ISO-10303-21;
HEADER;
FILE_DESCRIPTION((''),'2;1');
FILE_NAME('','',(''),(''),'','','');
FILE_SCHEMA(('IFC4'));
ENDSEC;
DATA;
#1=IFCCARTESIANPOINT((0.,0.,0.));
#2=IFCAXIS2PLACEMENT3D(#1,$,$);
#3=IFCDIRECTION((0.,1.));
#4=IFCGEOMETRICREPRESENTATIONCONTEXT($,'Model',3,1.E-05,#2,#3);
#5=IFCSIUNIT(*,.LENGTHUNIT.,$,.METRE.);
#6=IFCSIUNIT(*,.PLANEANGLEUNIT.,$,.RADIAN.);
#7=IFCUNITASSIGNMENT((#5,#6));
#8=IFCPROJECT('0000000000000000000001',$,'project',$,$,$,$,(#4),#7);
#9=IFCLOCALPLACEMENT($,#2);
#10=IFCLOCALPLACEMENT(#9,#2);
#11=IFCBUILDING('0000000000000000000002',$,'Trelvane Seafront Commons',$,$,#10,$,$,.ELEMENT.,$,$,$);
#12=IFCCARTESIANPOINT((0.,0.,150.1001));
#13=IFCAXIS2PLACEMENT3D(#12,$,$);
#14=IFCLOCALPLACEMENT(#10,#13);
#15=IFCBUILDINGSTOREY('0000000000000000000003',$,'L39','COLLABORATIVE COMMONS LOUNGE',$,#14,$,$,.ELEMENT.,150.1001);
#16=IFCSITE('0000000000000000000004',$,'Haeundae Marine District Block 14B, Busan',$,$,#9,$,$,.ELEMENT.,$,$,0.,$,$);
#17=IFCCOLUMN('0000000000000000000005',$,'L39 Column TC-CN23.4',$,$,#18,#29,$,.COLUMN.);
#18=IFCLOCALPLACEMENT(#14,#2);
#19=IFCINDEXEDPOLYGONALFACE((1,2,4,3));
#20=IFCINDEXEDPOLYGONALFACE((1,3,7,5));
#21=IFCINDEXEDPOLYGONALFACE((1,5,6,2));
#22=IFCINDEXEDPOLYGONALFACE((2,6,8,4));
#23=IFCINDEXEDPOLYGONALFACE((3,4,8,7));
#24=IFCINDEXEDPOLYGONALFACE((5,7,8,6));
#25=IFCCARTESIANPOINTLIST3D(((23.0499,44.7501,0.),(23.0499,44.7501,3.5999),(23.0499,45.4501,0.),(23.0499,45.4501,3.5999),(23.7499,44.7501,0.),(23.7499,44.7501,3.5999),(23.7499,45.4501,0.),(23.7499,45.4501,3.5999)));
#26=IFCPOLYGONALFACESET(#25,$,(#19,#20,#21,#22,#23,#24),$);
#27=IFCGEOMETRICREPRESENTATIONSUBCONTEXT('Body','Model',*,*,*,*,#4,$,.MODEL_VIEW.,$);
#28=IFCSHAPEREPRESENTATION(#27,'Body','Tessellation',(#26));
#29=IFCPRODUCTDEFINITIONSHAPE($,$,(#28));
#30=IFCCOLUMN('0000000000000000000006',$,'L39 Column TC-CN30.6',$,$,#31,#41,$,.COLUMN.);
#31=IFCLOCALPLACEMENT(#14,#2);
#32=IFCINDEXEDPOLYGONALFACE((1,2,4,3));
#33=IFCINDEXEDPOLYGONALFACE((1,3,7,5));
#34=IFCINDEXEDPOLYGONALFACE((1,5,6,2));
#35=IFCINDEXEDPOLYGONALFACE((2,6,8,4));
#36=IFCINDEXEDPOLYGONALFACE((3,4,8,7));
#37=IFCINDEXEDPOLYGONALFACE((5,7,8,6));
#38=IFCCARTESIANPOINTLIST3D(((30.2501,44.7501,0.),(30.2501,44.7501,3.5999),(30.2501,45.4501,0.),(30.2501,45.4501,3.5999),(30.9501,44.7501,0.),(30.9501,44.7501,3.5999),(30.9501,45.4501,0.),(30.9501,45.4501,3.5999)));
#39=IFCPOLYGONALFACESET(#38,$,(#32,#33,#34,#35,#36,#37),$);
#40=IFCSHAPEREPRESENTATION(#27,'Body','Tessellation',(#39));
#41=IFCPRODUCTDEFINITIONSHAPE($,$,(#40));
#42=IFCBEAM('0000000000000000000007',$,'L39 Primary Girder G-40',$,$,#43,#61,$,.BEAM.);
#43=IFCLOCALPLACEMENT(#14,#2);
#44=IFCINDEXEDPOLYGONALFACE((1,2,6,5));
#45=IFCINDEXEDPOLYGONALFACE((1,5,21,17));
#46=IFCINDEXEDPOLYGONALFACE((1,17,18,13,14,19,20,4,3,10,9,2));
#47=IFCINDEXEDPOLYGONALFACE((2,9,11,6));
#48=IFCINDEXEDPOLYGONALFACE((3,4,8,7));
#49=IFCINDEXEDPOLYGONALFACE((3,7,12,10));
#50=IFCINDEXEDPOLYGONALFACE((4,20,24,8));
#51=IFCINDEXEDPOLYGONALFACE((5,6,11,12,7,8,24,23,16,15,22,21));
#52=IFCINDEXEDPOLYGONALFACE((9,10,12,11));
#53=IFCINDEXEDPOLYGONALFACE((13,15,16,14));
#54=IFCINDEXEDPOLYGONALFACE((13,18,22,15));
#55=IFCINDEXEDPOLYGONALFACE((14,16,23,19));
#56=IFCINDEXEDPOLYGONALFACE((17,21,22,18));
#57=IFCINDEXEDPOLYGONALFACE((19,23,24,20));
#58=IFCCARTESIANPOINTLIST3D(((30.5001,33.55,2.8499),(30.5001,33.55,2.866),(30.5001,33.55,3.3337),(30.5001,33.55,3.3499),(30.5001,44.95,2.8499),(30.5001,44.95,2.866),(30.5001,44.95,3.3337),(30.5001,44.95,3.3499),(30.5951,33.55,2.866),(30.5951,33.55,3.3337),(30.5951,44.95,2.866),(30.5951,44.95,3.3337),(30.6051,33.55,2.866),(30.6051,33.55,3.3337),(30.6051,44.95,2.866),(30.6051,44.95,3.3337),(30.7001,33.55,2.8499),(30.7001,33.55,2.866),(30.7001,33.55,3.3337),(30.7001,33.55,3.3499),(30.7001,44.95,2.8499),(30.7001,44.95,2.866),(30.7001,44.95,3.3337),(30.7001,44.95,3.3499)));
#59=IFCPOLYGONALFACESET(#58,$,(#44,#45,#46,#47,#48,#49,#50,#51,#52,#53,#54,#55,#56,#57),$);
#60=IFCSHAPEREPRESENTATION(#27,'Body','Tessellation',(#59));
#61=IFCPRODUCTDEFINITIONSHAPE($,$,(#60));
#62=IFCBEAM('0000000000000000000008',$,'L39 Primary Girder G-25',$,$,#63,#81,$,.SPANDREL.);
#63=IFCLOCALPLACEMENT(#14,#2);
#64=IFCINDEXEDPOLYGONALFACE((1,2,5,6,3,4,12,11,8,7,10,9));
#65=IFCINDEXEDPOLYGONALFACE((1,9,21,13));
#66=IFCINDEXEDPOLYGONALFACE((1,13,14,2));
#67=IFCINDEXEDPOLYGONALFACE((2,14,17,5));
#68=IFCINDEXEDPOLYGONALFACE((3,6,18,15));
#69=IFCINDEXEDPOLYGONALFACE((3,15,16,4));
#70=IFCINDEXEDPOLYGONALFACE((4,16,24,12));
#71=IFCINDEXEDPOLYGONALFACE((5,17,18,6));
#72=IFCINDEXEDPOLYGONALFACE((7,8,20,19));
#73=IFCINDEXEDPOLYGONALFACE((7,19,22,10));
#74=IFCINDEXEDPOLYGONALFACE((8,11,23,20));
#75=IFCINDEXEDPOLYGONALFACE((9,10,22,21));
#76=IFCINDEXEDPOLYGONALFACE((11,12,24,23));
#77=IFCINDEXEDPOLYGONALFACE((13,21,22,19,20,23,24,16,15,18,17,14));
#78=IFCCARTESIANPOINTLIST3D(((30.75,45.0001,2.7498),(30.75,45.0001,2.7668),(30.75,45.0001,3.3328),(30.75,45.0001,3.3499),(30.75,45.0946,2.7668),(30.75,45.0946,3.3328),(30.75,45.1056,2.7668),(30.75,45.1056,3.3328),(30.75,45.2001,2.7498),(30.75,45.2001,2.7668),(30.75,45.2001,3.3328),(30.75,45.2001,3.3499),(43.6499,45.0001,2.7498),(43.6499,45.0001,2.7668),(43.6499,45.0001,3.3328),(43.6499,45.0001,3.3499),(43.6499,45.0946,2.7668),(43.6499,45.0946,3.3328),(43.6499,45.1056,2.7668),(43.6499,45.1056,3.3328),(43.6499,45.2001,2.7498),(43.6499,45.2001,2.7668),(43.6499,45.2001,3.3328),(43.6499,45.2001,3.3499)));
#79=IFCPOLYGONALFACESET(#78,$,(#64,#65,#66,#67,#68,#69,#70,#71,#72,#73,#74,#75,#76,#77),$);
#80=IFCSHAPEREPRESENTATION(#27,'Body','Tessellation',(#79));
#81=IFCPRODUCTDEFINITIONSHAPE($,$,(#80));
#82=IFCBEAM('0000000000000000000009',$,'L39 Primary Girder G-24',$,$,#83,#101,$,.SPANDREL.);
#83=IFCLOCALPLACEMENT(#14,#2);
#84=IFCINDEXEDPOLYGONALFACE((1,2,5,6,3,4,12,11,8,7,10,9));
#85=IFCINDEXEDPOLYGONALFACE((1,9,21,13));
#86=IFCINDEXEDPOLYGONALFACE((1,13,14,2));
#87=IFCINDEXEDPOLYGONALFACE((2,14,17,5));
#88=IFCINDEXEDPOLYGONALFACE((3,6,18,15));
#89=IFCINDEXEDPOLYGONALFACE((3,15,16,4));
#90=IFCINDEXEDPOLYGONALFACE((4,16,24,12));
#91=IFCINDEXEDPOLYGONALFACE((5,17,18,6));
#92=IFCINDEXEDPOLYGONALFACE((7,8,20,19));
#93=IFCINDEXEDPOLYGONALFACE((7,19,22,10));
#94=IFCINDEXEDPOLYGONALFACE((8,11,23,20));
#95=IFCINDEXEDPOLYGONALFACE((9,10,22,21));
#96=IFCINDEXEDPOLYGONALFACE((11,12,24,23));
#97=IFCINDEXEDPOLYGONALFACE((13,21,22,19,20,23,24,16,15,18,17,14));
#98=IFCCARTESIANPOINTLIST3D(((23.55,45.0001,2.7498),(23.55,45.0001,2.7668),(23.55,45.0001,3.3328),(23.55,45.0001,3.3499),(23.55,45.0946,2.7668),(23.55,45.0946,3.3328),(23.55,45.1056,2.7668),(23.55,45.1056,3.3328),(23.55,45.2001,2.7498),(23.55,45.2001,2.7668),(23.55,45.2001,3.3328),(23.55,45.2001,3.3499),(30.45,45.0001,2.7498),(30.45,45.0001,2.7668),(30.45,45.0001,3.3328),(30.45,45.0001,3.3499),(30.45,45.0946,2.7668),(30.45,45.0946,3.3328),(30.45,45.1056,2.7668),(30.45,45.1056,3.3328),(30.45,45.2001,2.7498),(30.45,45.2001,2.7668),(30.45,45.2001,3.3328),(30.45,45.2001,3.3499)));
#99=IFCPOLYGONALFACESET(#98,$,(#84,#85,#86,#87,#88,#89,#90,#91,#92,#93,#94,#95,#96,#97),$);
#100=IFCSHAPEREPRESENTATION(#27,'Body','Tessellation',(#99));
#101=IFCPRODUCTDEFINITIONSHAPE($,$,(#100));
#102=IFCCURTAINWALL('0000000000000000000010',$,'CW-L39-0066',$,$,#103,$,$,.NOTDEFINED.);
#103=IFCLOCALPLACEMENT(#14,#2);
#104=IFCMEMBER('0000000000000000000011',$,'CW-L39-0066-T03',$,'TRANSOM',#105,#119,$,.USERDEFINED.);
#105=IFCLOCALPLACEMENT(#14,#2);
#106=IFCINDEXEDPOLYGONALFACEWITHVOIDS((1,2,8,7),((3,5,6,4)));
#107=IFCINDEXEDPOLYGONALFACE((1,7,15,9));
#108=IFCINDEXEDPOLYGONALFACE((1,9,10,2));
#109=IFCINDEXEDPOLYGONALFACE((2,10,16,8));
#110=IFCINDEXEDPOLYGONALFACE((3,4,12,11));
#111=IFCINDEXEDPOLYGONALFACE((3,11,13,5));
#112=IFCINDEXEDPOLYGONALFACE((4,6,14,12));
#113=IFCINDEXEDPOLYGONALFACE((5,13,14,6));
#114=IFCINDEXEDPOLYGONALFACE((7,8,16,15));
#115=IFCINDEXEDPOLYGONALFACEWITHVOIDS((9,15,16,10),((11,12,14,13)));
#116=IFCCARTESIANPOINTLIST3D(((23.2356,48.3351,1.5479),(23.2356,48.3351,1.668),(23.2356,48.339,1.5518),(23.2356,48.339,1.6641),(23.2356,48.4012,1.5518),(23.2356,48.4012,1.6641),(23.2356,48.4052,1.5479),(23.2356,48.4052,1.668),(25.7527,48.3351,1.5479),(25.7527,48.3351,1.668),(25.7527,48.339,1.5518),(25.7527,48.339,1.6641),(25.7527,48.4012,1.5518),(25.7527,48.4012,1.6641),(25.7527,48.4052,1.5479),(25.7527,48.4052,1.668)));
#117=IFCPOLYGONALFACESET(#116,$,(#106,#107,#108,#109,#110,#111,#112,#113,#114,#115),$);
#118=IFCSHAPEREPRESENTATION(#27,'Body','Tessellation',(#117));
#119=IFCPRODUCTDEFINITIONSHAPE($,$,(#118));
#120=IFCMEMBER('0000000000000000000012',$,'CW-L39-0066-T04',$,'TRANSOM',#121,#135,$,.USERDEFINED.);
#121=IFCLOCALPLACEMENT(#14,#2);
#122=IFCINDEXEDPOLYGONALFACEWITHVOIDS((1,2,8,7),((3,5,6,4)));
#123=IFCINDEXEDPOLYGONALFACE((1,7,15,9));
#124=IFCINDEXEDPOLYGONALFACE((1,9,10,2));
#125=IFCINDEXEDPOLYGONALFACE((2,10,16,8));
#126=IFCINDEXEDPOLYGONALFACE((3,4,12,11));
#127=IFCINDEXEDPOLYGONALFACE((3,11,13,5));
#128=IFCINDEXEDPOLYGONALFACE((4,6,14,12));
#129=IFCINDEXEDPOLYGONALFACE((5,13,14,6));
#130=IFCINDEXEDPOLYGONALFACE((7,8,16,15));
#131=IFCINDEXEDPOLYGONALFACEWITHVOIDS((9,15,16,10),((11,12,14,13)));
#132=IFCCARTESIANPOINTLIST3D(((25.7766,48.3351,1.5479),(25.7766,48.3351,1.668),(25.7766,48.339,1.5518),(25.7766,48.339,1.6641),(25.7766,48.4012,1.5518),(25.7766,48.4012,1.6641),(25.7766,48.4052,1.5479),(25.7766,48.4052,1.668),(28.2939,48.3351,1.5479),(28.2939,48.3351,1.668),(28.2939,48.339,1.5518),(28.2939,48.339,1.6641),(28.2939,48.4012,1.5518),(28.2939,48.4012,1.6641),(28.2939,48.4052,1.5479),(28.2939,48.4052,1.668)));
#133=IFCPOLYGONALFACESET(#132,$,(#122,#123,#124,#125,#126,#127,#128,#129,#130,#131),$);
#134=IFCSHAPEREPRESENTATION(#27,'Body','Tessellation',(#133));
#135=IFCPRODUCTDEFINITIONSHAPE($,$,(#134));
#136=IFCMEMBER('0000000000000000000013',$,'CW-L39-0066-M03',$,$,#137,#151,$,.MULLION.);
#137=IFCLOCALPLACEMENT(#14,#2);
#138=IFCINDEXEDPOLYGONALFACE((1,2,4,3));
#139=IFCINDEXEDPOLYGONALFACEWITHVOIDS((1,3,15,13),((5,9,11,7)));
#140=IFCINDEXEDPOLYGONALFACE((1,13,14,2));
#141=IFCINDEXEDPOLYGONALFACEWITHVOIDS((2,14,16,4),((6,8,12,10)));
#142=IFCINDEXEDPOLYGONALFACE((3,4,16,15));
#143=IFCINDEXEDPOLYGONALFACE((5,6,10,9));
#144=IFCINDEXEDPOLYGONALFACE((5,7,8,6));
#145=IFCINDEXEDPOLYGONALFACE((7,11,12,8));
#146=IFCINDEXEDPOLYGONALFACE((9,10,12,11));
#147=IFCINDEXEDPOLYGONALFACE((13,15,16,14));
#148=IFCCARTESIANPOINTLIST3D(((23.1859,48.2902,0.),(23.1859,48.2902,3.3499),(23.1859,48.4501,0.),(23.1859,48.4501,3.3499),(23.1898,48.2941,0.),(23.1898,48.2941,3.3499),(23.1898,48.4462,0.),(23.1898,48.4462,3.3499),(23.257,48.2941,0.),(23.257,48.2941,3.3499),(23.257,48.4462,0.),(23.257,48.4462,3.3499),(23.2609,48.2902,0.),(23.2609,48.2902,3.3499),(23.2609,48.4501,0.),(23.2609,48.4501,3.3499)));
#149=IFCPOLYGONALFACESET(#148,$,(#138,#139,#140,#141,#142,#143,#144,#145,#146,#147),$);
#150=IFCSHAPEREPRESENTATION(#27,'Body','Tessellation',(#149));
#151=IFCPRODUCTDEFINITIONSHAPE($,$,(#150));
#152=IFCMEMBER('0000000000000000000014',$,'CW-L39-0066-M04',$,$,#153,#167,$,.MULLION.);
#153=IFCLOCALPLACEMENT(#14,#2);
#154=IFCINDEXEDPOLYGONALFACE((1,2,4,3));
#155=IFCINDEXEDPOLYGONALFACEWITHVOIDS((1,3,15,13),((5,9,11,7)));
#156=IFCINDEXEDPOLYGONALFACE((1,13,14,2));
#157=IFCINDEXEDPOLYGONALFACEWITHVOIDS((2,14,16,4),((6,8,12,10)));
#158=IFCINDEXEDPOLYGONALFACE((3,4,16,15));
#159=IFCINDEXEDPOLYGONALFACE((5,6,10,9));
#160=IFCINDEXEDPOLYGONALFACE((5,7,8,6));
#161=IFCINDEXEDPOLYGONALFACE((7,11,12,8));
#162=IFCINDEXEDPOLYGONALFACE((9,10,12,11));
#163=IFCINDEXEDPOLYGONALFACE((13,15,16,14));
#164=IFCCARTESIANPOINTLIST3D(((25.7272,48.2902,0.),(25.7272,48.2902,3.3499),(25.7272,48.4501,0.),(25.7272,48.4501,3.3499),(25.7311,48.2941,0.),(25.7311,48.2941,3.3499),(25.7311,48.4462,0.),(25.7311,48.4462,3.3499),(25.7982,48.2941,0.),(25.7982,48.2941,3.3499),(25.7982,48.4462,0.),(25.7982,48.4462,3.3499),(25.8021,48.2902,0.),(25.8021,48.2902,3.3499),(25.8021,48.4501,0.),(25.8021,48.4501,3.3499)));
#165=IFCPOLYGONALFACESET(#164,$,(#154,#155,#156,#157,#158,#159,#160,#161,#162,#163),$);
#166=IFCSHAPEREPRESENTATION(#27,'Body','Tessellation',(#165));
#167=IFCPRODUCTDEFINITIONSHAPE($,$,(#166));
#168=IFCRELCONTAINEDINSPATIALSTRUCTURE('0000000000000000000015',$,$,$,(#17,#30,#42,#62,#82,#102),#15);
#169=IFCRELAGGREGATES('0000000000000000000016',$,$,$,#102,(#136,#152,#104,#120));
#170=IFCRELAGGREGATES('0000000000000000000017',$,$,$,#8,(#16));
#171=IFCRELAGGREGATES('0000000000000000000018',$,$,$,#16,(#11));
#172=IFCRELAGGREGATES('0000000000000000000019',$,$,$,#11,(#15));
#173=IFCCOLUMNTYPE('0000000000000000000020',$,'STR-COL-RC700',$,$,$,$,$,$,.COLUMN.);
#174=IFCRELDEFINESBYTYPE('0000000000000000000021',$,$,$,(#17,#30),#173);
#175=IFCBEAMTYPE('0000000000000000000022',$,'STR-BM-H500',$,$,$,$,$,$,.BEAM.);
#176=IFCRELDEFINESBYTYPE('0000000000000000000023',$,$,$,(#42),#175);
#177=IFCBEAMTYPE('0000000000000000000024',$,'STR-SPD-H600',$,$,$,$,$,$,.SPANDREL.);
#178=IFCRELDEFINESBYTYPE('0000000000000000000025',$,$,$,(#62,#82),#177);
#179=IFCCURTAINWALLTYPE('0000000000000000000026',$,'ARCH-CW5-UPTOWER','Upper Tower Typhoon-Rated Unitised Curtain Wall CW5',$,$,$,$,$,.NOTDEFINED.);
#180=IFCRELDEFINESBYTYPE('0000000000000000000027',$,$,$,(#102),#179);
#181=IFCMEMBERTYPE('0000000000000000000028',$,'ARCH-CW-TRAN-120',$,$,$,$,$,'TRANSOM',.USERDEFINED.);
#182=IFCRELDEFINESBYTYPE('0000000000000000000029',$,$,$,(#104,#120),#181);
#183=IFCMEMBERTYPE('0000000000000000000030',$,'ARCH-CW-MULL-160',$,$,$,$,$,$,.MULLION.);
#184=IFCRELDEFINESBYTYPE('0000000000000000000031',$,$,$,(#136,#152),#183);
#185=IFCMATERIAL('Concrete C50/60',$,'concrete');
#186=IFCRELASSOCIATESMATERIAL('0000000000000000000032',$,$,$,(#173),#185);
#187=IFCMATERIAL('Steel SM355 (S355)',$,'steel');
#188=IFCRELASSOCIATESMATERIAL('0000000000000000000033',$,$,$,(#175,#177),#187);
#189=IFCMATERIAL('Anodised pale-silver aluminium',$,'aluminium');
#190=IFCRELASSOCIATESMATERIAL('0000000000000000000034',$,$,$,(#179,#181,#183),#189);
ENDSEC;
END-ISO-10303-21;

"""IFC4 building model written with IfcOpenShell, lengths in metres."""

from ifc_helpers import new_model, si_unit, direction, frame, origin, origin_2d, place, context, subcontext, project, spatial, rectangle, hollow_rectangle, i_section, extrude, source, transform, mapped, material, material_profile, profile_set, type_object, element, aggregate, save


model = new_model("IFC4")

# Units and contexts
model_context = context("Model", 3, precision=1e-05, world=origin(), true_north=direction((0.0, 1.0)))
body_context = subcontext(model_context, "Body", "Model", "MODEL_VIEW")
ifc_project = project(units=[si_unit("LENGTHUNIT", "METRE"), si_unit("PLANEANGLEUNIT", "RADIAN")], contexts=[model_context])

# Site, building, storey
site_placement = place(None, origin())
site = spatial("IfcSite", under=ifc_project, at=site_placement, Name="Haeundae Marine District Block 14B, Busan", CompositionType="ELEMENT", RefElevation=0.0)
building_placement = place(site_placement, origin())
building = spatial("IfcBuilding", under=site, at=building_placement, Name="Trelvane Seafront Commons", CompositionType="ELEMENT")
storey_placement = place(building_placement, frame((0.0, 0.0, 150.1001)))
storey = spatial("IfcBuildingStorey", under=building, at=storey_placement, Name="L39", Description="COLLABORATIVE COMMONS LOUNGE", CompositionType="ELEMENT", Elevation=150.1001)

# Columns
ifc_material_1 = material(Name="Concrete C50/60", Category="concrete")
ifc_material_profile_1 = material_profile(ifc_material_1, rectangle(XDim=0.7, YDim=0.7, at=origin_2d()), Name="RC-700x700")
ifc_profile_set_1 = profile_set([ifc_material_profile_1], Name="Concrete C50/60")
column_type = type_object("IfcColumnType", Name="STR-COL-RC700", PredefinedType="COLUMN", material=ifc_profile_set_1)
shared_shape_1 = source(origin(), body_context, "Body", "SweptSolid", [
    extrude(rectangle(XDim=0.7, YDim=0.7, at=origin_2d()), origin(), (0.0, 0.0, 1.0), 3.5999),
])
for number, where, z_axis, x_axis, name in (
    (1, (23.3999, 45.1001, 0.0), (0.0, 0.0, 1.0), (1.0, 0.0, 0.0), "L39 Column TC-CN23.4"),
    (2, (30.6001, 45.1001, 0.0), (0.0, 0.0, 1.0), (1.0, 0.0, 0.0), "L39 Column TC-CN30.6"),
):
    element("IfcColumn", number, at=place(storey_placement, frame(where, z_axis=z_axis, x_axis=x_axis)), inside=storey, type_object=column_type, Name=name, PredefinedType="COLUMN", context=body_context, shape_type="MappedRepresentation", body=[
        mapped(shared_shape_1, transform((0.0, 0.0, 0.0), x_axis=(1.0, 0.0, 0.0), y_axis=(0.0, 1.0, 0.0), z_axis=(0.0, 0.0, 1.0), scale=1.0)),
    ])

# Beams
ifc_material_2 = material(Name="Steel SM355 (S355)", Category="steel")
ifc_material_profile_2 = material_profile(ifc_material_2, i_section(OverallWidth=0.2, OverallDepth=0.5, WebThickness=0.01, FlangeThickness=0.0161, at=origin_2d()), Name="H-500x200x10x16")
ifc_profile_set_2 = profile_set([ifc_material_profile_2], Name="Steel SM355 (S355)")
beam_type_1 = type_object("IfcBeamType", Name="STR-BM-H500", PredefinedType="BEAM", material=ifc_profile_set_2)
shared_shape_2 = source(origin(), body_context, "Body", "SweptSolid", [
    extrude(i_section(OverallWidth=0.2, OverallDepth=0.5, WebThickness=0.01, FlangeThickness=0.0161, at=origin_2d()), origin(), (0.0, 0.0, 1.0), 11.3999),
])
beam_1_placement = place(storey_placement, frame((30.6001, 33.55, 3.0999), z_axis=(0.0, 1.0, 0.0), x_axis=(-1.0, 0.0, 0.0)))
element("IfcBeam", 3, at=beam_1_placement, inside=storey, type_object=beam_type_1, Name="L39 Primary Girder G-40", PredefinedType="BEAM", context=body_context, shape_type="MappedRepresentation", body=[
    mapped(shared_shape_2, transform((0.0, 0.0, 0.0), x_axis=(1.0, 0.0, 0.0), y_axis=(0.0, 1.0, 0.0), z_axis=(0.0, 0.0, 1.0), scale=1.0)),
])
ifc_material_profile_3 = material_profile(ifc_material_2, i_section(OverallWidth=0.2, OverallDepth=0.6001, WebThickness=0.011, FlangeThickness=0.0171, at=origin_2d()), Name="H-600x200x11x17")
ifc_profile_set_3 = profile_set([ifc_material_profile_3], Name="Steel SM355 (S355)")
beam_type_2 = type_object("IfcBeamType", Name="STR-SPD-H600", PredefinedType="SPANDREL", material=ifc_profile_set_3)
shared_shape_3 = source(origin(), body_context, "Body", "SweptSolid", [
    extrude(i_section(OverallWidth=0.2, OverallDepth=0.6001, WebThickness=0.011, FlangeThickness=0.0171, at=origin_2d()), origin(), (0.0, 0.0, 1.0), 12.8999),
])
beam_2_placement = place(storey_placement, frame((30.75, 45.1001, 3.0498), z_axis=(1.0, 0.0, 0.0), x_axis=(0.0, 1.0, 0.0)))
element("IfcBeam", 4, at=beam_2_placement, inside=storey, type_object=beam_type_2, Name="L39 Primary Girder G-25", PredefinedType="SPANDREL", context=body_context, shape_type="MappedRepresentation", body=[
    mapped(shared_shape_3, transform((0.0, 0.0, 0.0), x_axis=(1.0, 0.0, 0.0), y_axis=(0.0, 1.0, 0.0), z_axis=(0.0, 0.0, 1.0), scale=1.0)),
])
shared_shape_4 = source(origin(), body_context, "Body", "SweptSolid", [
    extrude(i_section(OverallWidth=0.2, OverallDepth=0.6001, WebThickness=0.011, FlangeThickness=0.0171, at=origin_2d()), origin(), (0.0, 0.0, 1.0), 6.8999),
])
beam_3_placement = place(storey_placement, frame((23.55, 45.1001, 3.0498), z_axis=(1.0, 0.0, 0.0), x_axis=(0.0, 1.0, 0.0)))
element("IfcBeam", 5, at=beam_3_placement, inside=storey, type_object=beam_type_2, Name="L39 Primary Girder G-24", PredefinedType="SPANDREL", context=body_context, shape_type="MappedRepresentation", body=[
    mapped(shared_shape_4, transform((0.0, 0.0, 0.0), x_axis=(1.0, 0.0, 0.0), y_axis=(0.0, 1.0, 0.0), z_axis=(0.0, 0.0, 1.0), scale=1.0)),
])

# Curtain wall, members
ifc_material_3 = material(Name="Anodised pale-silver aluminium", Category="aluminium")
curtain_wall_type = type_object("IfcCurtainWallType", Name="ARCH-CW5-UPTOWER", Description="Upper Tower Typhoon-Rated Unitised Curtain Wall CW5", PredefinedType="NOTDEFINED", material=ifc_material_3)
curtain_wall_placement = place(storey_placement, origin())
curtain_wall = element("IfcCurtainWall", 6, at=curtain_wall_placement, inside=storey, type_object=curtain_wall_type, Name="CW-L39-0066", PredefinedType="NOTDEFINED")
ifc_material_profile_4 = material_profile(ifc_material_3, hollow_rectangle(XDim=0.0701, YDim=0.1201, WallThickness=0.0039, at=origin_2d()), Name="TRAN-70x120x4")
ifc_profile_set_4 = profile_set([ifc_material_profile_4], Name="Anodised pale-silver aluminium")
member_type_1 = type_object("IfcMemberType", Name="ARCH-CW-TRAN-120", ElementType="TRANSOM", PredefinedType="USERDEFINED", material=ifc_profile_set_4)
shared_shape_5 = source(origin(), body_context, "Body", "SweptSolid", [
    extrude(hollow_rectangle(XDim=0.0701, YDim=0.1201, WallThickness=0.0039, at=origin_2d()), origin(), (0.0, 0.0, 1.0), 2.5171),
])
member_1_placement = place(storey_placement, frame((23.2356, 48.3701, 1.6079), z_axis=(1.0, 0.0, 0.0), x_axis=(0.0, 1.0, 0.0)))
member_1 = element("IfcMember", 7, at=member_1_placement, type_object=member_type_1, Name="CW-L39-0066-T03", ObjectType="TRANSOM", PredefinedType="USERDEFINED", context=body_context, shape_type="MappedRepresentation", body=[
    mapped(shared_shape_5, transform((0.0, 0.0, 0.0), x_axis=(1.0, 0.0, 0.0), y_axis=(0.0, 1.0, 0.0), z_axis=(0.0, 0.0, 1.0), scale=1.0)),
])
shared_shape_6 = source(origin(), body_context, "Body", "SweptSolid", [
    extrude(hollow_rectangle(XDim=0.0701, YDim=0.1201, WallThickness=0.0039, at=origin_2d()), origin(), (0.0, 0.0, 1.0), 2.5173),
])
member_2_placement = place(storey_placement, frame((25.7766, 48.3701, 1.6079), z_axis=(1.0, 0.0, 0.0), x_axis=(0.0, 1.0, 0.0)))
member_2 = element("IfcMember", 8, at=member_2_placement, type_object=member_type_1, Name="CW-L39-0066-T04", ObjectType="TRANSOM", PredefinedType="USERDEFINED", context=body_context, shape_type="MappedRepresentation", body=[
    mapped(shared_shape_6, transform((0.0, 0.0, 0.0), x_axis=(1.0, 0.0, 0.0), y_axis=(0.0, 1.0, 0.0), z_axis=(0.0, 0.0, 1.0), scale=1.0)),
])
ifc_material_profile_5 = material_profile(ifc_material_3, hollow_rectangle(XDim=0.075, YDim=0.1599, WallThickness=0.0039, at=origin_2d()), Name="MULL-75x160x4")
ifc_profile_set_5 = profile_set([ifc_material_profile_5], Name="Anodised pale-silver aluminium")
member_type_2 = type_object("IfcMemberType", Name="ARCH-CW-MULL-160", PredefinedType="MULLION", material=ifc_profile_set_5)
shared_shape_7 = source(origin(), body_context, "Body", "SweptSolid", [
    extrude(hollow_rectangle(XDim=0.075, YDim=0.1599, WallThickness=0.0039, at=origin_2d()), origin(), (0.0, 0.0, 1.0), 3.3499),
])
member_3_placement = place(storey_placement, frame((23.2234, 48.3701, 0.0), z_axis=(0.0, 0.0, 1.0), x_axis=(1.0, 0.0, 0.0)))
member_3 = element("IfcMember", 9, at=member_3_placement, type_object=member_type_2, Name="CW-L39-0066-M03", PredefinedType="MULLION", context=body_context, shape_type="MappedRepresentation", body=[
    mapped(shared_shape_7, transform((0.0, 0.0, 0.0), x_axis=(1.0, 0.0, 0.0), y_axis=(0.0, 1.0, 0.0), z_axis=(0.0, 0.0, 1.0), scale=1.0)),
])
member_4_placement = place(storey_placement, frame((25.7646, 48.3701, 0.0), z_axis=(0.0, 0.0, 1.0), x_axis=(1.0, 0.0, 0.0)))
member_4 = element("IfcMember", 10, at=member_4_placement, type_object=member_type_2, Name="CW-L39-0066-M04", PredefinedType="MULLION", context=body_context, shape_type="MappedRepresentation", body=[
    mapped(shared_shape_7, transform((0.0, 0.0, 0.0), x_axis=(1.0, 0.0, 0.0), y_axis=(0.0, 1.0, 0.0), z_axis=(0.0, 0.0, 1.0), scale=1.0)),
])
aggregate(curtain_wall, [member_3, member_4, member_1, member_2])

save(model, "model.ifc")
